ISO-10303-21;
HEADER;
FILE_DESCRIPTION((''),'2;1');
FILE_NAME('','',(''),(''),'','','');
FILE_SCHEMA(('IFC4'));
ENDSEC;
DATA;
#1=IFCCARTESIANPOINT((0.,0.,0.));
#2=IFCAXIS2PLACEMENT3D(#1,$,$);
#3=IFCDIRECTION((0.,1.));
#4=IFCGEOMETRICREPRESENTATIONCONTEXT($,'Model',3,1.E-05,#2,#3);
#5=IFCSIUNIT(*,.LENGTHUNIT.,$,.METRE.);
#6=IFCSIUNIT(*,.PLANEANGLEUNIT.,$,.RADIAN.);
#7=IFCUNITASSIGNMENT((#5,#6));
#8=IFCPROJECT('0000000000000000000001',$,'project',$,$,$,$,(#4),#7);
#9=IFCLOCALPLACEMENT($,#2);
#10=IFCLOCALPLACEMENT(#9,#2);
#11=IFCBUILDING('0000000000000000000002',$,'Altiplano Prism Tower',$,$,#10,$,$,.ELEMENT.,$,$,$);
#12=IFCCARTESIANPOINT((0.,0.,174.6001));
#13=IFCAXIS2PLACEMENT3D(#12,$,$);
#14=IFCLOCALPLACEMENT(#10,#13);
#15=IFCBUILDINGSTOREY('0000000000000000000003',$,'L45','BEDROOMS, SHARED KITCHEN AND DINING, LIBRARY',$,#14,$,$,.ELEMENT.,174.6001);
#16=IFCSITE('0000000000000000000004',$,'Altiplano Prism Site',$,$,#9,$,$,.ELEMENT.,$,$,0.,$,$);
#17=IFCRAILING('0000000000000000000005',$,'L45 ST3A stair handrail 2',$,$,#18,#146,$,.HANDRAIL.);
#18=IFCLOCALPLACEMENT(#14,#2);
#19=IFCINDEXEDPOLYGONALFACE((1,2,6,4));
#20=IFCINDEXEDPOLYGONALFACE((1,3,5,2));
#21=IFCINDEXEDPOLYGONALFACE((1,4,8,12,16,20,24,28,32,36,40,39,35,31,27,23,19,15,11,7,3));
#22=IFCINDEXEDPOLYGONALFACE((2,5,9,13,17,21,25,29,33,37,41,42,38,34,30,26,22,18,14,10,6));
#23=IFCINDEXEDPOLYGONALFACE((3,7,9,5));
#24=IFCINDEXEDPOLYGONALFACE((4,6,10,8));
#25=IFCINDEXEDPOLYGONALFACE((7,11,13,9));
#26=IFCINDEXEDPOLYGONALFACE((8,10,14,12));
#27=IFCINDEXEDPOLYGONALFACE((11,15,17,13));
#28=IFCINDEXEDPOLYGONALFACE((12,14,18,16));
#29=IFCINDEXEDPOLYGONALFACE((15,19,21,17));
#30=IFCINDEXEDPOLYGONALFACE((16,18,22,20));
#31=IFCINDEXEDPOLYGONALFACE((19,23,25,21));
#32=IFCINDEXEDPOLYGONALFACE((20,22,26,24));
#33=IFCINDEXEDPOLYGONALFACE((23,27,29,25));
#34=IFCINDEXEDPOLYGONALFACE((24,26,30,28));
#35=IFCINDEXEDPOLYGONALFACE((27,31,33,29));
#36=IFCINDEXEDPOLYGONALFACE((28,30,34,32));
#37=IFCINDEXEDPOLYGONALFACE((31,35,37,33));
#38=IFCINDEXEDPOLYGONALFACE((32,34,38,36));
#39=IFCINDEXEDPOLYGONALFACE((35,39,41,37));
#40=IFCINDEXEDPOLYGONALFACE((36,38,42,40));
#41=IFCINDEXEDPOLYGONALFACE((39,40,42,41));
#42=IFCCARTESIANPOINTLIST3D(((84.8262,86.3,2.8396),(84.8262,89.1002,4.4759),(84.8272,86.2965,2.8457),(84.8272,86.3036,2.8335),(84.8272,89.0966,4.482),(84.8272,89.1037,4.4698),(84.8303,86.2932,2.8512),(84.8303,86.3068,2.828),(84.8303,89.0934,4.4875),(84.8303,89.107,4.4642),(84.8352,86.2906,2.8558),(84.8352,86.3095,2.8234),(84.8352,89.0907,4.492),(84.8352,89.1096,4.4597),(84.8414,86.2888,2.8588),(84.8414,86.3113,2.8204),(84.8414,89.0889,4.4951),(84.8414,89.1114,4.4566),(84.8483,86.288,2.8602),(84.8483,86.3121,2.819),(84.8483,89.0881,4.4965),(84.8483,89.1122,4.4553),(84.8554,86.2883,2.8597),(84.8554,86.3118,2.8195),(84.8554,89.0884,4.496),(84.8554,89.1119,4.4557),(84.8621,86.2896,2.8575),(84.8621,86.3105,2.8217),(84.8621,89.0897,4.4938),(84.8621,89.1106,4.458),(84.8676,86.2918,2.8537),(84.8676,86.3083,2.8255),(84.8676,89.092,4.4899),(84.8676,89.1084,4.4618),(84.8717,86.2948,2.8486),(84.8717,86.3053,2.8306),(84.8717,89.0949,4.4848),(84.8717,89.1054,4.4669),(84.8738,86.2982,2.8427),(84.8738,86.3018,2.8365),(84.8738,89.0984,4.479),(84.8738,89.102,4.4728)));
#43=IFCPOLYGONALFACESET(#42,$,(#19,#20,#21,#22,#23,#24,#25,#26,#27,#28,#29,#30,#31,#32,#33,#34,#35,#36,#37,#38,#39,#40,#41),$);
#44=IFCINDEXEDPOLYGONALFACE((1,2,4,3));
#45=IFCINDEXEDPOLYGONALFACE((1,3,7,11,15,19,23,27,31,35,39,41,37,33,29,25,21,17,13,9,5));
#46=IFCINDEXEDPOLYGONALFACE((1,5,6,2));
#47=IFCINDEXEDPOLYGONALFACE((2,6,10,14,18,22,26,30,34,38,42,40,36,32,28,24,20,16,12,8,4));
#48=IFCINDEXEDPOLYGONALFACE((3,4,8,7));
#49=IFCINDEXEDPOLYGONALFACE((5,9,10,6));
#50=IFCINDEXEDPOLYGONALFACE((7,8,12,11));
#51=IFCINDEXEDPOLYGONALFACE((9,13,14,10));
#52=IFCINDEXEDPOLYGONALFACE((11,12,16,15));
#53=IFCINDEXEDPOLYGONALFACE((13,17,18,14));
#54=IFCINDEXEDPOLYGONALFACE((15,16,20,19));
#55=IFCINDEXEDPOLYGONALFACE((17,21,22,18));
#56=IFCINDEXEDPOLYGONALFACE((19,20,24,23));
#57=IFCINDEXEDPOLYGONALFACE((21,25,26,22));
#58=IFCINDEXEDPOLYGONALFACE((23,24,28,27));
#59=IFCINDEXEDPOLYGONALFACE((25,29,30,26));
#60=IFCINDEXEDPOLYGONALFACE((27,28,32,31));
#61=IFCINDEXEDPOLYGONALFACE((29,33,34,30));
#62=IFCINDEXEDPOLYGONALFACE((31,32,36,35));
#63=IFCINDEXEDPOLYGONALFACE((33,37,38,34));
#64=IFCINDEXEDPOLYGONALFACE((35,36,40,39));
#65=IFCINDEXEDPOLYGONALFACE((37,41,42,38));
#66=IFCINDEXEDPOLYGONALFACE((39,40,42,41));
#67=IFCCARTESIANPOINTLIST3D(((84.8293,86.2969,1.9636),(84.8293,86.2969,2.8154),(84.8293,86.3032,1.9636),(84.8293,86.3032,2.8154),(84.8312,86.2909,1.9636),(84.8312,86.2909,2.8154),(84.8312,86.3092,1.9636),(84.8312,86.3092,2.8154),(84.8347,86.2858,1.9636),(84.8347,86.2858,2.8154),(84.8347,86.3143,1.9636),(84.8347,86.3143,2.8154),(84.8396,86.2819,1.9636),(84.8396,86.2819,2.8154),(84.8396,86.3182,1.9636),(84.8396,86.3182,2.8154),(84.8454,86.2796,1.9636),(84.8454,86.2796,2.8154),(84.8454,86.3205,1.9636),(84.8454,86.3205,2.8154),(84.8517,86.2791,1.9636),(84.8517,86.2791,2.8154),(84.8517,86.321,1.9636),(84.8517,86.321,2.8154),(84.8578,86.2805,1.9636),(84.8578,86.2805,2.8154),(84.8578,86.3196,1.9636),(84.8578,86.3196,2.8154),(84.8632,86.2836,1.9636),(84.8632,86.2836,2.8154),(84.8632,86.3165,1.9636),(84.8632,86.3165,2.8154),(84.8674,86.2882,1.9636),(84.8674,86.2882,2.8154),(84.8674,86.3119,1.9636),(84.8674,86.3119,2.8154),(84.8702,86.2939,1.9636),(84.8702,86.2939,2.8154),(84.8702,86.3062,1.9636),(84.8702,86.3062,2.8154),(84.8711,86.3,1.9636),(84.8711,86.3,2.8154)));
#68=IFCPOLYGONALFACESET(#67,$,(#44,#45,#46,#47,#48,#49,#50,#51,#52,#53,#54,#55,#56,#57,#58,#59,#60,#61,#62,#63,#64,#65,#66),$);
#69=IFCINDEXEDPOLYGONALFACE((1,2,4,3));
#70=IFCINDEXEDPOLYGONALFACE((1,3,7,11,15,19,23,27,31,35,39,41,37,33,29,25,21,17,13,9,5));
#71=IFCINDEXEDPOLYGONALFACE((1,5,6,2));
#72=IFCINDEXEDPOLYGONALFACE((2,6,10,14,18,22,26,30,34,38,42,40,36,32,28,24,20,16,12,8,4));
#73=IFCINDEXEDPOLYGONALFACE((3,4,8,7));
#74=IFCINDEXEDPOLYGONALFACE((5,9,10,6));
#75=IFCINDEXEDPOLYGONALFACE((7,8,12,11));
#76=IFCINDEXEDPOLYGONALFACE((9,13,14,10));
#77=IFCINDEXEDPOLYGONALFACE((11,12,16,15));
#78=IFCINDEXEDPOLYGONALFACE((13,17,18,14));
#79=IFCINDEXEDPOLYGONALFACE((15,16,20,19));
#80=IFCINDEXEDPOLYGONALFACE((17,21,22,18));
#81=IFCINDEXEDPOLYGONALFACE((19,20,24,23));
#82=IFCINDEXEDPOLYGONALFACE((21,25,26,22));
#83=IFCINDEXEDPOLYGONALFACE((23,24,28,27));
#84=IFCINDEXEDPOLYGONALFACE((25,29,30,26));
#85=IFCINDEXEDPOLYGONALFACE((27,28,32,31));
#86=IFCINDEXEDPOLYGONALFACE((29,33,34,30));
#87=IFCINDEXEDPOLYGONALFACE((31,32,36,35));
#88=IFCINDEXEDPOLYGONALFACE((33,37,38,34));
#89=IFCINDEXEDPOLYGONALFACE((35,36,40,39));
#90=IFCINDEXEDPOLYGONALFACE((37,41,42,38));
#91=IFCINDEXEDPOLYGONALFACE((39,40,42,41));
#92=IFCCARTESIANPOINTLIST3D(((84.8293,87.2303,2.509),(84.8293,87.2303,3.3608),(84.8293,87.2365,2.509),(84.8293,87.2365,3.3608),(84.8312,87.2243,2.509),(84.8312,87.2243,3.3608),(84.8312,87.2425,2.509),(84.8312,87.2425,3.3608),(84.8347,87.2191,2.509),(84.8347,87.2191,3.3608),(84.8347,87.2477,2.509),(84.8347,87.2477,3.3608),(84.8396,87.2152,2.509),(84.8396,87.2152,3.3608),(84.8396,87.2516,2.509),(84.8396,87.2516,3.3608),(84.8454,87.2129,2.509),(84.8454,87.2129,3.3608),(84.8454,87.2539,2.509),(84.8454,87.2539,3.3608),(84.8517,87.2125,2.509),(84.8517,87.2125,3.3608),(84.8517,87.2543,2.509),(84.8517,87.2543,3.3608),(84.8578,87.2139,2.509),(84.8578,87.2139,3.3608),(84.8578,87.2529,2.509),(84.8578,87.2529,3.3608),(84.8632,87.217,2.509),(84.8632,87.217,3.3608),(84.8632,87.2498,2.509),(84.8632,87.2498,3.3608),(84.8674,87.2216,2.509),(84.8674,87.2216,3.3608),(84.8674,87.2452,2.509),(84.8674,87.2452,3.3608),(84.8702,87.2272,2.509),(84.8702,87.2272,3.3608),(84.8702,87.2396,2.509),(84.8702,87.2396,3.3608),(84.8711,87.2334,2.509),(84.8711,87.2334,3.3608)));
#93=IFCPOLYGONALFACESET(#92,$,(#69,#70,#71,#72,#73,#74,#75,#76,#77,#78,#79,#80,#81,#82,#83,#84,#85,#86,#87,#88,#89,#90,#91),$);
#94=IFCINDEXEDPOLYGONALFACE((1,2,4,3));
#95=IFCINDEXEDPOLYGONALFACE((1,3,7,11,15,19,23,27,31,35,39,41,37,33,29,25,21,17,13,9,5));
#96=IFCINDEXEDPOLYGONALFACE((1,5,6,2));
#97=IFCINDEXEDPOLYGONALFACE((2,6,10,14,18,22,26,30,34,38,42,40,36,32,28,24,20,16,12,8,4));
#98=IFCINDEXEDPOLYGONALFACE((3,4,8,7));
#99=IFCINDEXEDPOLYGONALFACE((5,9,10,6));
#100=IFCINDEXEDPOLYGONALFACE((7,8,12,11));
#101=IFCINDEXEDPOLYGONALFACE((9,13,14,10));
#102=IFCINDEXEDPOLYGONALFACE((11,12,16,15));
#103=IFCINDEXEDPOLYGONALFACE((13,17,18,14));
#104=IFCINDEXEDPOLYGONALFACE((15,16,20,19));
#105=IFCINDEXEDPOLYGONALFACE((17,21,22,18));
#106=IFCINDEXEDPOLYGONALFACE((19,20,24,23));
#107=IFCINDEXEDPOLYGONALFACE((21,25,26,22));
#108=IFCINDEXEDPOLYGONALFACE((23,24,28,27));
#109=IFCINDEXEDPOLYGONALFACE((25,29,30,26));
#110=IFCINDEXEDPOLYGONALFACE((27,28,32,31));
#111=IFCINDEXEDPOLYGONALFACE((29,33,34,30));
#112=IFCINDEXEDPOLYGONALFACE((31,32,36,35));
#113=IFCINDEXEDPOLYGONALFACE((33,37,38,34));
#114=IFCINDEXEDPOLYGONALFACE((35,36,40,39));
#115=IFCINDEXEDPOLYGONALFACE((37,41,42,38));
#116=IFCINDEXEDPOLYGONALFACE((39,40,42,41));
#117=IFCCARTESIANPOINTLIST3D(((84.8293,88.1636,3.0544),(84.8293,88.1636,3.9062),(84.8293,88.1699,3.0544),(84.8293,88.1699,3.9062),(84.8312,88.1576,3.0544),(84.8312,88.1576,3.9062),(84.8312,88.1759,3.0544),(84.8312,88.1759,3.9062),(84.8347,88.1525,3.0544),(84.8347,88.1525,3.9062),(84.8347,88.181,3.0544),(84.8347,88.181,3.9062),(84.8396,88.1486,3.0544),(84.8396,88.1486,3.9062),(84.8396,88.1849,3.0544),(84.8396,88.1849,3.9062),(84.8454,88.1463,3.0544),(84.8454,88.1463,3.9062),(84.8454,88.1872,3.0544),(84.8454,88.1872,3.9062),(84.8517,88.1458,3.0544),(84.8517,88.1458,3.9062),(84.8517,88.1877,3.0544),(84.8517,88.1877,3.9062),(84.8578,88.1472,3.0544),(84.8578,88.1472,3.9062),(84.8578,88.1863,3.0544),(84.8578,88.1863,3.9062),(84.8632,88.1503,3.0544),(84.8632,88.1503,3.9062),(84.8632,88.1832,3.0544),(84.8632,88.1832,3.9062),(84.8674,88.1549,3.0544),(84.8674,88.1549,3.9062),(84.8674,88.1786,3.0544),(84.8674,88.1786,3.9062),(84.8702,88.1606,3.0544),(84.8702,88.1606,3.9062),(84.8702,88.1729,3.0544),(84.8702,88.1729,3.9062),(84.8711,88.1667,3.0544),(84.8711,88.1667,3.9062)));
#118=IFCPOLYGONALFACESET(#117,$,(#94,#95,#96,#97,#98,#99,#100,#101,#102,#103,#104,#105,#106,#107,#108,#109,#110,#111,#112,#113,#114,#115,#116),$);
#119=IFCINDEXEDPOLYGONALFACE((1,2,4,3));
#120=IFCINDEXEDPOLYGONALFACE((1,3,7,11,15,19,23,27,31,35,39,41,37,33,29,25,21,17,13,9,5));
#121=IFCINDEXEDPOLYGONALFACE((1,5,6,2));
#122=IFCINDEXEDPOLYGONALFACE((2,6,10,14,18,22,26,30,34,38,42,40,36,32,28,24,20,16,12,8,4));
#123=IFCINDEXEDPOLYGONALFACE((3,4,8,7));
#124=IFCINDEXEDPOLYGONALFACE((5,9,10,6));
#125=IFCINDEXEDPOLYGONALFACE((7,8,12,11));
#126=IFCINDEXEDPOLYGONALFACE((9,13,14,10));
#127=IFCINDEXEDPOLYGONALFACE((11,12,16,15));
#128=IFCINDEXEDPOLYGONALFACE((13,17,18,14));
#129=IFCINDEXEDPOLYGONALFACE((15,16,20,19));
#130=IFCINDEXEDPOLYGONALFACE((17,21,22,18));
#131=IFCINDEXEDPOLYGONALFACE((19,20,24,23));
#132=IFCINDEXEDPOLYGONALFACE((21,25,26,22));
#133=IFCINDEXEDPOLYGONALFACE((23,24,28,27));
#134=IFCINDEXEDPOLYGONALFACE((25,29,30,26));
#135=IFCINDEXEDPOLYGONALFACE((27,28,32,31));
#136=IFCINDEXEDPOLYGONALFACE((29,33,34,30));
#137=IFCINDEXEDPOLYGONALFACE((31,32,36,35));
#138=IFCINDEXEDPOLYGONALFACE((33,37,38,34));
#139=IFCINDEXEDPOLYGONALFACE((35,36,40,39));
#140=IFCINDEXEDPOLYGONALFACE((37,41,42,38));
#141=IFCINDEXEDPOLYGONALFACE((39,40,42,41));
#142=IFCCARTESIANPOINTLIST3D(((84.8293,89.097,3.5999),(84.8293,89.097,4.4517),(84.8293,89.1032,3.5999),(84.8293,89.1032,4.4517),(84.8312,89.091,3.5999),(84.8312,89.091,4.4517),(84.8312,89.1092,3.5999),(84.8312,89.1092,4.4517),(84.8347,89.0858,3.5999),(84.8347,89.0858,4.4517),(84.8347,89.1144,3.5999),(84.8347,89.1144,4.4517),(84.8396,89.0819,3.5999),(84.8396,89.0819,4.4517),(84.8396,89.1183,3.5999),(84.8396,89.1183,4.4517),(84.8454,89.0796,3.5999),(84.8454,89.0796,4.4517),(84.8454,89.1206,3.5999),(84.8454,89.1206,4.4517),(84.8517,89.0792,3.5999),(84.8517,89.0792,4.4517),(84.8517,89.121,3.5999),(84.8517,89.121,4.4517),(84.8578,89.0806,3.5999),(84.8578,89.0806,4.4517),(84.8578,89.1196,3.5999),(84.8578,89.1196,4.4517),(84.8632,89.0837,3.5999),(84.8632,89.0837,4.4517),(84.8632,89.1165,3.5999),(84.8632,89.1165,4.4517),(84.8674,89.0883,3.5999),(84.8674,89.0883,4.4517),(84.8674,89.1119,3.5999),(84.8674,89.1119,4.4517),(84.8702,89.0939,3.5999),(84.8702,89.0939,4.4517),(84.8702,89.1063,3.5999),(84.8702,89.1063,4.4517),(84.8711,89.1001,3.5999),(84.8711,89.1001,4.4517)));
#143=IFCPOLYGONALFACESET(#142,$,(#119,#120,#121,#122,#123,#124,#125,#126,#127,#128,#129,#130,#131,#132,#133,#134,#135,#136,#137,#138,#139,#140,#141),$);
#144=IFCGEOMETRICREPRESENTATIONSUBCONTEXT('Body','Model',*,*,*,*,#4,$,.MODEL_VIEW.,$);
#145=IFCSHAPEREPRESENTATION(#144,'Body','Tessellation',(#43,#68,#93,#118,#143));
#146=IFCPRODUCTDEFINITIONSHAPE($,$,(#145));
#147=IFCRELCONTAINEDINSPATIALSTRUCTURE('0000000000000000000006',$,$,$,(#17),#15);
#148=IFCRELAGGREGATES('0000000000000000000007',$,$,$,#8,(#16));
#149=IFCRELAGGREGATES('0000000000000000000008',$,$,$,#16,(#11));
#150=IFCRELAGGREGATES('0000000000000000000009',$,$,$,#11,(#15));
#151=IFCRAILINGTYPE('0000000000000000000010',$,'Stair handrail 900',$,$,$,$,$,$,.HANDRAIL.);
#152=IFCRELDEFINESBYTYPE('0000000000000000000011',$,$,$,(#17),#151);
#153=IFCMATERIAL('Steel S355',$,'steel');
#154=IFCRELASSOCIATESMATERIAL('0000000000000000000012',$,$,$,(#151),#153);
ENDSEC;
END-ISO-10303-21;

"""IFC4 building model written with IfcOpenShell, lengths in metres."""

from ifc_helpers import new_model, si_unit, direction, frame, origin, origin_2d, place, context, subcontext, project, spatial, circle, extrude, material, type_object, element, save


model = new_model("IFC4")

# Units and contexts
model_context = context("Model", 3, precision=1e-05, world=origin(), true_north=direction((0.0, 1.0)))
body_context = subcontext(model_context, "Body", "Model", "MODEL_VIEW")
ifc_project = project(units=[si_unit("LENGTHUNIT", "METRE"), si_unit("PLANEANGLEUNIT", "RADIAN")], contexts=[model_context])

# Site, building, storey
site_placement = place(None, origin())
site = spatial("IfcSite", under=ifc_project, at=site_placement, Name="Altiplano Prism Site", CompositionType="ELEMENT", RefElevation=0.0)
building_placement = place(site_placement, origin())
building = spatial("IfcBuilding", under=site, at=building_placement, Name="Altiplano Prism Tower", CompositionType="ELEMENT")
storey_placement = place(building_placement, frame((0.0, 0.0, 174.6001)))
storey = spatial("IfcBuildingStorey", under=building, at=storey_placement, Name="L45", Description="BEDROOMS, SHARED KITCHEN AND DINING, LIBRARY", CompositionType="ELEMENT", Elevation=174.6001)

# Railing
ifc_material_1 = material(Name="Steel S355", Category="steel")
railing_type = type_object("IfcRailingType", Name="Stair handrail 900", PredefinedType="HANDRAIL", material=ifc_material_1)
for number, where, name in (
    (1, (84.8501, 86.3, 1.9636), "L45 ST3A stair handrail 2"),
):
    element("IfcRailing", number, at=place(storey_placement, frame(where)), inside=storey, type_object=railing_type, Name=name, PredefinedType="HANDRAIL", context=body_context, shape_type="SweptSolid", body=[
        extrude(circle(Radius=0.0239, at=origin_2d()), frame((0.0, 0.0, 0.876), z_axis=(0.0, 0.863394, 0.504531), x_axis=(-1.0, 0.0, 0.0)), (0.0, 0.0, 1.0), 3.2432),
        extrude(circle(Radius=0.021, at=origin_2d()), origin(), (0.0, 0.0, 1.0), 0.8518),
        extrude(circle(Radius=0.021, at=origin_2d()), frame((0.0, 0.9333, 0.5454)), (0.0, 0.0, 1.0), 0.8518),
        extrude(circle(Radius=0.021, at=origin_2d()), frame((0.0, 1.8667, 1.0908)), (0.0, 0.0, 1.0), 0.8518),
        extrude(circle(Radius=0.021, at=origin_2d()), frame((0.0, 2.8, 1.6362)), (0.0, 0.0, 1.0), 0.8518),
    ])

save(model, "model.ifc")
